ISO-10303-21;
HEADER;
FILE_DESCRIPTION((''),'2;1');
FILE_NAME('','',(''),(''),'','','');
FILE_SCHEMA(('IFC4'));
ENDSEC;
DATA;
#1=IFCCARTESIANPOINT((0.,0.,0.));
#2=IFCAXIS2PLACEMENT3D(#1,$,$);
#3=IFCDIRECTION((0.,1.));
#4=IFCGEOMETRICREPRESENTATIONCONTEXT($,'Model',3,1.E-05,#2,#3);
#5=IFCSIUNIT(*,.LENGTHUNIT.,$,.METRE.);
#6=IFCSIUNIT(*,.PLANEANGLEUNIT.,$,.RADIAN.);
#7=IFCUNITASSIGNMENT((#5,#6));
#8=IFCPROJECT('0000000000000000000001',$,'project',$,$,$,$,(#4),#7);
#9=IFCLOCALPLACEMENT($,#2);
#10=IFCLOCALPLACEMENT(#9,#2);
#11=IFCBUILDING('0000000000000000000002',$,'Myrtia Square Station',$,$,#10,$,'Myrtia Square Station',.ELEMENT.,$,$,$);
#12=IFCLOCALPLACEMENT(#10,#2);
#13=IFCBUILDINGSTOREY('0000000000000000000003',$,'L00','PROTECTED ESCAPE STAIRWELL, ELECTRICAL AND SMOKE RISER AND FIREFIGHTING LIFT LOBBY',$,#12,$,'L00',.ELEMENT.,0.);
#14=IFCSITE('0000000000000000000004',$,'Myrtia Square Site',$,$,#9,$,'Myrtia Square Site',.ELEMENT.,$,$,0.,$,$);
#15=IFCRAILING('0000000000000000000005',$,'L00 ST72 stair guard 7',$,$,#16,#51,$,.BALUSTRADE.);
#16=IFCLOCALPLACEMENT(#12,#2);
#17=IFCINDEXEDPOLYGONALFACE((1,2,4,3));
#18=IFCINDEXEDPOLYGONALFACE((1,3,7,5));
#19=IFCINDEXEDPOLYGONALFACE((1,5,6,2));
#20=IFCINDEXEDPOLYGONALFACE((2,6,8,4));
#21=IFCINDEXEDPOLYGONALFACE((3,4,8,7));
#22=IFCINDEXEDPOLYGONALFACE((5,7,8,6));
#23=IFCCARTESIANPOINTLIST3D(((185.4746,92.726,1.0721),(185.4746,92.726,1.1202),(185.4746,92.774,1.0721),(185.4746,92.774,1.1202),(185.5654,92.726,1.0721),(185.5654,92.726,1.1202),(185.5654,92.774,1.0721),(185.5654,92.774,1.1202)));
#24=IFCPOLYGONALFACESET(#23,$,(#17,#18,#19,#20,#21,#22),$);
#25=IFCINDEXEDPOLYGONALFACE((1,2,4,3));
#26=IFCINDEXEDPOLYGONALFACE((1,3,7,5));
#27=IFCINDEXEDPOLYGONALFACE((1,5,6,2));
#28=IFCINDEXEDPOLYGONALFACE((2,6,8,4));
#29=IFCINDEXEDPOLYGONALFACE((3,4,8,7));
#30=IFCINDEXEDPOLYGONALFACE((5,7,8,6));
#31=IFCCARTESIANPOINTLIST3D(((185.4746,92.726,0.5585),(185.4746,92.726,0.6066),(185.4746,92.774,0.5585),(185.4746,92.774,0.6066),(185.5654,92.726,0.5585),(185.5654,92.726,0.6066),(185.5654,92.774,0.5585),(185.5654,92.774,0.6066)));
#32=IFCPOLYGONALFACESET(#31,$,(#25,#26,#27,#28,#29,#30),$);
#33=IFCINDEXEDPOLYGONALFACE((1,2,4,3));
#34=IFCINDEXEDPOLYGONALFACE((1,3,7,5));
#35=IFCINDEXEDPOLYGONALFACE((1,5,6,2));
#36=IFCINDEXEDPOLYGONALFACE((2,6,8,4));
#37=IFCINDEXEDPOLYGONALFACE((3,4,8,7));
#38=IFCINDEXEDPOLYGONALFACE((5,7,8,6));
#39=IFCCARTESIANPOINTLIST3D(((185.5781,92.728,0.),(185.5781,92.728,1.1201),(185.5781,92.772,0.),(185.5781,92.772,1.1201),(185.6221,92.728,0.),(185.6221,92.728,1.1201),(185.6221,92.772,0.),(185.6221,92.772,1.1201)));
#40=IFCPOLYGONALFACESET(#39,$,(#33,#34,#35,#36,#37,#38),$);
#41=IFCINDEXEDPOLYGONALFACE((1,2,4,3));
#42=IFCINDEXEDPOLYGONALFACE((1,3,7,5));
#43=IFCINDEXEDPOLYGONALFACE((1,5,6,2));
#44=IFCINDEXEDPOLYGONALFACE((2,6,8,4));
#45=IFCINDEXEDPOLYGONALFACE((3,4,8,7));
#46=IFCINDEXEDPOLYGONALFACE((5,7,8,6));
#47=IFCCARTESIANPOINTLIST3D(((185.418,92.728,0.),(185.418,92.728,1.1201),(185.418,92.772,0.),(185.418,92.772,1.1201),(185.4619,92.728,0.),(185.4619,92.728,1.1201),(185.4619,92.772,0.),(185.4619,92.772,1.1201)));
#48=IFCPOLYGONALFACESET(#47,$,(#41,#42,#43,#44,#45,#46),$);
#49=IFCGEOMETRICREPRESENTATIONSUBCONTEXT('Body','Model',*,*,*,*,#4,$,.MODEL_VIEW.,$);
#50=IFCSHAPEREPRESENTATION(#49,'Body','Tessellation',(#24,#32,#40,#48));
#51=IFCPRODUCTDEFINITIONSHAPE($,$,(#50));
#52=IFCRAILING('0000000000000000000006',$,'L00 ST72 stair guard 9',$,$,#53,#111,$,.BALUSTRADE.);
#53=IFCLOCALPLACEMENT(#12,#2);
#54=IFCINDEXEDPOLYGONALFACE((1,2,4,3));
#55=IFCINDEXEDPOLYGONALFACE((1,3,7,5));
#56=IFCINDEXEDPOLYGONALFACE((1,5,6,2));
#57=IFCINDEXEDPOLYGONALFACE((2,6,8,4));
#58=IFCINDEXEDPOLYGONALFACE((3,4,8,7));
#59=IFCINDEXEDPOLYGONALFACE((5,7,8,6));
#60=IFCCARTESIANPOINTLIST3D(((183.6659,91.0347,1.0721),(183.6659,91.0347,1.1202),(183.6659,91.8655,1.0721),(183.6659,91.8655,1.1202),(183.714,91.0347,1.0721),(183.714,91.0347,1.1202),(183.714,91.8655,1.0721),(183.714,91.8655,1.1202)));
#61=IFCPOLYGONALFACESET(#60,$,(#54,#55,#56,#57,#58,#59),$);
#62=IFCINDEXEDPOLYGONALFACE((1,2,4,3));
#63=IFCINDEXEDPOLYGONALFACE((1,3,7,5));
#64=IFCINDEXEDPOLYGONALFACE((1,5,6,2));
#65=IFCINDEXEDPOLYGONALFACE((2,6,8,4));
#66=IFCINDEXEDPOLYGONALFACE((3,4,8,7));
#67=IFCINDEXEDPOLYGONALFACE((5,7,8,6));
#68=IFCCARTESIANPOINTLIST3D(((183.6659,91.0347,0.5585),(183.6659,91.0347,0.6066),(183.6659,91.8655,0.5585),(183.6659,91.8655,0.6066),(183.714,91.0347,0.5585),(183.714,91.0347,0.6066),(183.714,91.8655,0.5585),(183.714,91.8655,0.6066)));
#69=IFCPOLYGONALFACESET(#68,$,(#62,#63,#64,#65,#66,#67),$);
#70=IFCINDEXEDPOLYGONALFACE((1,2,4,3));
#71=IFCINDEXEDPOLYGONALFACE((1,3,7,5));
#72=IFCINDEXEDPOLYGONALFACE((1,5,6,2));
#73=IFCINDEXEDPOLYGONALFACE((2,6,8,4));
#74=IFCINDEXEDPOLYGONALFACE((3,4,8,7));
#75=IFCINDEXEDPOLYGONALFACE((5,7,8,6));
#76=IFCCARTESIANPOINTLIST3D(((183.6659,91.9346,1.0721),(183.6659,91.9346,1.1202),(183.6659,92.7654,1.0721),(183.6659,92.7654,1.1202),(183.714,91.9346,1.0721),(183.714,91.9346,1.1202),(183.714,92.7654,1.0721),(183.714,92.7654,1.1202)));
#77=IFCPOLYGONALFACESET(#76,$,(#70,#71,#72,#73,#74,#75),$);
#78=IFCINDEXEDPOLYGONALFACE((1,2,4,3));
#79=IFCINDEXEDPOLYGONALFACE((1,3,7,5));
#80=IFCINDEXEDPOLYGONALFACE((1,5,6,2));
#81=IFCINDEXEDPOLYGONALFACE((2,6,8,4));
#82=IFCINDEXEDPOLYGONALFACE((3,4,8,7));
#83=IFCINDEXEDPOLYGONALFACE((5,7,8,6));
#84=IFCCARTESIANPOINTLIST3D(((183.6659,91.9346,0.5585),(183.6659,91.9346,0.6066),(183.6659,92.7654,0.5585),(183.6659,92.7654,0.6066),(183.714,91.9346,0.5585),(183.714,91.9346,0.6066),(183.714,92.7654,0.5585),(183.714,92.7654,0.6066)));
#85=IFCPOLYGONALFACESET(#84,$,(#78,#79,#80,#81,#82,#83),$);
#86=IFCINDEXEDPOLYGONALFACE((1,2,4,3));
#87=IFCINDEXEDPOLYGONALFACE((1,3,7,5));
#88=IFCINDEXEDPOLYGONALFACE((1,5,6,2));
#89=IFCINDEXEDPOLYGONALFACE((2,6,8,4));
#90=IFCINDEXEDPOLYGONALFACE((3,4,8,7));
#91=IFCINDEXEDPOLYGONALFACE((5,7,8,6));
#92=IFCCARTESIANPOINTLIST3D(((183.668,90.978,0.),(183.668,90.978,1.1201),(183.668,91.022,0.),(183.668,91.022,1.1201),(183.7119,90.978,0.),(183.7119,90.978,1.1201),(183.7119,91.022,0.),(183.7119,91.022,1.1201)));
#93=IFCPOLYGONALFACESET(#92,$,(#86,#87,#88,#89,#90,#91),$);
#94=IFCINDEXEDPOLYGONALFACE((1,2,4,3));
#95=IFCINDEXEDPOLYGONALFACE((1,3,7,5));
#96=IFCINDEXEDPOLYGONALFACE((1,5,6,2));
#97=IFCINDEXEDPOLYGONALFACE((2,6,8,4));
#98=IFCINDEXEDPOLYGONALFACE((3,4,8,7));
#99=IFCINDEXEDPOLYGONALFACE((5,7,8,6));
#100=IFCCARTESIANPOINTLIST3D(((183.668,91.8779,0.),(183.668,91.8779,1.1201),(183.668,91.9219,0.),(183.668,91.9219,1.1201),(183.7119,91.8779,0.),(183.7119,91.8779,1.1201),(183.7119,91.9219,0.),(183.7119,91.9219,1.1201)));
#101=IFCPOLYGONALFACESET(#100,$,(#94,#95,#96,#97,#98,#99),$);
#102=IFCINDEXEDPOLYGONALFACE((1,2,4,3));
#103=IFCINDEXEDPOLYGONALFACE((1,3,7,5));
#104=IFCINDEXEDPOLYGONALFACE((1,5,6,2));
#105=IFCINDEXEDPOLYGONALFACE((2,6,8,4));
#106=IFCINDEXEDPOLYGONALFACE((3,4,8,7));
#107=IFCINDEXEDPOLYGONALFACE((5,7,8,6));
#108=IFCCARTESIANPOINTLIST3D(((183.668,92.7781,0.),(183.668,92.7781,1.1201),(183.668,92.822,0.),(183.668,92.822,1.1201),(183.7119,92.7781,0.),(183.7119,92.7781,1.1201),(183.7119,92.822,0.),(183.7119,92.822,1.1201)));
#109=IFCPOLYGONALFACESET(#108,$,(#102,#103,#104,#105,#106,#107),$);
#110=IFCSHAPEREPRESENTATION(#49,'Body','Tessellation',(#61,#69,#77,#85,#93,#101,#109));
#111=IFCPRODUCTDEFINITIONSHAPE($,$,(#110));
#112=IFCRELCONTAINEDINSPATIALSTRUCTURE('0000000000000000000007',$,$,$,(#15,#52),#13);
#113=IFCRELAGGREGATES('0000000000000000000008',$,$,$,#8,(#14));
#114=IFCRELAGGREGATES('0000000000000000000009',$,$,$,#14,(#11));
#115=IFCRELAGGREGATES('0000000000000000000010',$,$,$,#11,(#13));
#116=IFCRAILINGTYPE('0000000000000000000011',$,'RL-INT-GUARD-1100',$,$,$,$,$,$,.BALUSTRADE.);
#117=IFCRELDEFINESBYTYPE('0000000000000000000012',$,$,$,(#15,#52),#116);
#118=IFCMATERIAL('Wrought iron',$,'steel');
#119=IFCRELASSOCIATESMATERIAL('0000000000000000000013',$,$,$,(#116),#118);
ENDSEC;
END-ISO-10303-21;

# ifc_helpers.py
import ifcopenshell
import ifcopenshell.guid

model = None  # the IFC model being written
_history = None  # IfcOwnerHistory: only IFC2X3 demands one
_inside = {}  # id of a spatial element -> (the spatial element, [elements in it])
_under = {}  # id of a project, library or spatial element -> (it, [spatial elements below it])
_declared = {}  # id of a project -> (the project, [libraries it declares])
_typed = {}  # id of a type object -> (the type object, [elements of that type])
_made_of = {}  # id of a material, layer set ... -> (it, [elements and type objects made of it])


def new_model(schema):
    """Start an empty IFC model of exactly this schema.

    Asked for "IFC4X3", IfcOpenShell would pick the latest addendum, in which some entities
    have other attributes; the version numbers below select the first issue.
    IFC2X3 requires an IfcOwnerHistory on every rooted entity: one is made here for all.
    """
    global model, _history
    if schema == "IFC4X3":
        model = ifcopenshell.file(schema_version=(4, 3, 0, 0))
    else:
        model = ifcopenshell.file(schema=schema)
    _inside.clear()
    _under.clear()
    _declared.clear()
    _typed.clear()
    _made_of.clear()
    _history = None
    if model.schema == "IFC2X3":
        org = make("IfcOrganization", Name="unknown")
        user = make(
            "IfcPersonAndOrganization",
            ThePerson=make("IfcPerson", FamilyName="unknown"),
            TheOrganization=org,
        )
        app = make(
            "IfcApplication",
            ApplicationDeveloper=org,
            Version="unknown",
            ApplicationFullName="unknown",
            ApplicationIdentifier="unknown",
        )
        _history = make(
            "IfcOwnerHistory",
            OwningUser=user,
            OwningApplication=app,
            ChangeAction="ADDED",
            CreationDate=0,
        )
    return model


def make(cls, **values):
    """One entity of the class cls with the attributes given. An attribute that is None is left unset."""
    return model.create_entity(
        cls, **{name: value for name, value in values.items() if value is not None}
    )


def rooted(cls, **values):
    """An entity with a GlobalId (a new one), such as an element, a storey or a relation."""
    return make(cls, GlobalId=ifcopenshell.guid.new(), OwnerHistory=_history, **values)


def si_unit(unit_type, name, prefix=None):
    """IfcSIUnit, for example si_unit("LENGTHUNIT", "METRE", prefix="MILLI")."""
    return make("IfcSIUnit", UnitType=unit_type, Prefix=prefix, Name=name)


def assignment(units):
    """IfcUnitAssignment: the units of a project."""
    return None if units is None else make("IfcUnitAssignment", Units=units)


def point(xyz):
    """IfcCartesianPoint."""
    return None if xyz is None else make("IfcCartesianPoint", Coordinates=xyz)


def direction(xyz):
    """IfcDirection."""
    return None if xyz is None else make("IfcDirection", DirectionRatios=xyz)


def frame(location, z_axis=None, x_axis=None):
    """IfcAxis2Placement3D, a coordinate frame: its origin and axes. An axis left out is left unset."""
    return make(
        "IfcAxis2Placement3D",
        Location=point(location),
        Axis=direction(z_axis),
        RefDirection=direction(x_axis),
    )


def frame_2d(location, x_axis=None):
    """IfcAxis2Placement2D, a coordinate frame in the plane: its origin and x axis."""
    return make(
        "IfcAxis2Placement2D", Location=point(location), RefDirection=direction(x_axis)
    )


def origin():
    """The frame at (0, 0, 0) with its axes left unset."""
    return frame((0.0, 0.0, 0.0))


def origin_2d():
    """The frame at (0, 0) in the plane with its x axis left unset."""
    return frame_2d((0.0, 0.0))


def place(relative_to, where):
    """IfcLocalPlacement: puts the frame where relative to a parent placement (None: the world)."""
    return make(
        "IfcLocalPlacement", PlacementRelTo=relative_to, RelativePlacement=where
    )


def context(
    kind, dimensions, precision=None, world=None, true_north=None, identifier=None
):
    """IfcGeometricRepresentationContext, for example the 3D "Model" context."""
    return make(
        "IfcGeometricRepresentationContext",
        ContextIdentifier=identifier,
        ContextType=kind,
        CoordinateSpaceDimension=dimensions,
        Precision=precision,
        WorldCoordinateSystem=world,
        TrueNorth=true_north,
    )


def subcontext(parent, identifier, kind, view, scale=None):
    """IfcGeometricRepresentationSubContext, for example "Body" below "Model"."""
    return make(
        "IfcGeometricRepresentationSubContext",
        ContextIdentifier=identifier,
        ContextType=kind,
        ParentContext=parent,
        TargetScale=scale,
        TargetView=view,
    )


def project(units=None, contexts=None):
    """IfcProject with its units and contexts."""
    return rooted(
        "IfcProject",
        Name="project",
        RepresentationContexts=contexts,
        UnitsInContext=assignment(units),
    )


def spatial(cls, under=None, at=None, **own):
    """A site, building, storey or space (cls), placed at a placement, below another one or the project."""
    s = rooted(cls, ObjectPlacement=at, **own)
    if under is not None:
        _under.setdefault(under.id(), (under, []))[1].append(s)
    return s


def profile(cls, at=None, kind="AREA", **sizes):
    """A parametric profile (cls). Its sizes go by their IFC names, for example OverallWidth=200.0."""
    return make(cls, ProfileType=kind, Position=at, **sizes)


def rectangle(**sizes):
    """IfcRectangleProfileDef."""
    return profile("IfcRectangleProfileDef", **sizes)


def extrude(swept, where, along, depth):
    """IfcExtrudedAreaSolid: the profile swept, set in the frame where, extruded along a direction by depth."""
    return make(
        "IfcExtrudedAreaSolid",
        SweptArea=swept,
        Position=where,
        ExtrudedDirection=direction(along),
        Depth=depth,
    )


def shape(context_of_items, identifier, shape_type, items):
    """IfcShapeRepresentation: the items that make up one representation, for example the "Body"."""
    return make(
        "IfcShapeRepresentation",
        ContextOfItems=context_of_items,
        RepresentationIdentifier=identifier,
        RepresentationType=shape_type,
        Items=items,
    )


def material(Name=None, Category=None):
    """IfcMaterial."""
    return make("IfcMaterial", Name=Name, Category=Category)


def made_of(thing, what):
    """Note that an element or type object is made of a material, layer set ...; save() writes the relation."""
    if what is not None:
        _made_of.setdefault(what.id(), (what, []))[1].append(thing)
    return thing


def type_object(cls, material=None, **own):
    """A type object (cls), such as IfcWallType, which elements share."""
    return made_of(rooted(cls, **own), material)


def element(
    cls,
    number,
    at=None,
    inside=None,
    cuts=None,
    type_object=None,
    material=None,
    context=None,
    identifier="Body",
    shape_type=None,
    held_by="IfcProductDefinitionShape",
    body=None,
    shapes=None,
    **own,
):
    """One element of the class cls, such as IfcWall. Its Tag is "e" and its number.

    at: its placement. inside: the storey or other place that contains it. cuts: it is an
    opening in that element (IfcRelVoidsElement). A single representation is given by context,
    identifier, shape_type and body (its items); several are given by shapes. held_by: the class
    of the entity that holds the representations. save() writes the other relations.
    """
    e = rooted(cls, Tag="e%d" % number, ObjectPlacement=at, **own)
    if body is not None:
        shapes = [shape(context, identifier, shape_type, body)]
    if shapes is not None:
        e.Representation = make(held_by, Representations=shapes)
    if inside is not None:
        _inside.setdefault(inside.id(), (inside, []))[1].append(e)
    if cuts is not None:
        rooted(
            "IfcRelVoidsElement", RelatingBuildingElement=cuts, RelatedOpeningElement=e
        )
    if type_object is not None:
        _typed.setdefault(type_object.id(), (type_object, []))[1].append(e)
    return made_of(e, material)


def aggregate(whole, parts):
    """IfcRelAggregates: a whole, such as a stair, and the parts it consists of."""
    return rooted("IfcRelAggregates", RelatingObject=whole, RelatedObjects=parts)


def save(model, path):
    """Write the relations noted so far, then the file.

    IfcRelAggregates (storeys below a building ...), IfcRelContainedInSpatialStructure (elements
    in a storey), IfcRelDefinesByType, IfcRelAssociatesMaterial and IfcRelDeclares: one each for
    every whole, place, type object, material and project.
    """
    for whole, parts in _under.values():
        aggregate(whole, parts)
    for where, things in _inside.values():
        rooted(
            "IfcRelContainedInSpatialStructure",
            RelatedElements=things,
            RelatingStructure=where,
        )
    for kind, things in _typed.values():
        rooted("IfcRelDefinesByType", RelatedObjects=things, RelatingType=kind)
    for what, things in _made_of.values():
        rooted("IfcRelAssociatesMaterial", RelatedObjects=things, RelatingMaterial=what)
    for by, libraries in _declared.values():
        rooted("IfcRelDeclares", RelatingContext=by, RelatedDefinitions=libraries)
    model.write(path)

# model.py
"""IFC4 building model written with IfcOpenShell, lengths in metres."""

from ifc_helpers import new_model, si_unit, direction, frame, origin, origin_2d, place, context, subcontext, project, spatial, rectangle, extrude, material, type_object, element, save


model = new_model("IFC4")

# Units and contexts
model_context = context("Model", 3, precision=1e-05, world=origin(), true_north=direction((0.0, 1.0)))
body_context = subcontext(model_context, "Body", "Model", "MODEL_VIEW")
ifc_project = project(units=[si_unit("LENGTHUNIT", "METRE"), si_unit("PLANEANGLEUNIT", "RADIAN")], contexts=[model_context])

# Site, building, storey
site_placement = place(None, origin())
site = spatial("IfcSite", under=ifc_project, at=site_placement, Name="Myrtia Square Site", LongName="Myrtia Square Site", CompositionType="ELEMENT", RefElevation=0.0)
building_placement = place(site_placement, origin())
building = spatial("IfcBuilding", under=site, at=building_placement, Name="Myrtia Square Station", LongName="Myrtia Square Station", CompositionType="ELEMENT")
storey_placement = place(building_placement, origin())
storey = spatial("IfcBuildingStorey", under=building, at=storey_placement, Name="L00", Description="PROTECTED ESCAPE STAIRWELL, ELECTRICAL AND SMOKE RISER AND FIREFIGHTING LIFT LOBBY", LongName="L00", CompositionType="ELEMENT", Elevation=0.0)

# Railings
ifc_material_1 = material(Name="Wrought iron", Category="steel")
railing_type_1 = type_object("IfcRailingType", Name="RL-INT-GUARD-1100", PredefinedType="BALUSTRADE", material=ifc_material_1)
railing_1_placement = place(storey_placement, frame((185.6001, 92.75, 0.0)))
element("IfcRailing", 1, at=railing_1_placement, inside=storey, type_object=railing_type_1, Name="L00 ST72 stair guard 7", PredefinedType="BALUSTRADE", context=body_context, shape_type="SweptSolid", body=[
    extrude(rectangle(XDim=0.0481, YDim=0.0481, at=origin_2d()), frame((-0.0347, 0.0, 1.0962), z_axis=(-1.0, 0.0, 0.0), x_axis=(0.0, -1.0, 0.0)), (0.0, 0.0, 1.0), 0.0908),
    extrude(rectangle(XDim=0.0481, YDim=0.0481, at=origin_2d()), frame((-0.0347, 0.0, 0.5825), z_axis=(-1.0, 0.0, 0.0), x_axis=(0.0, -1.0, 0.0)), (0.0, 0.0, 1.0), 0.0908),
    extrude(rectangle(XDim=0.0439, YDim=0.0439, at=origin_2d()), origin(), (0.0, 0.0, 1.0), 1.1201),
    extrude(rectangle(XDim=0.0439, YDim=0.0439, at=origin_2d()), frame((-0.1602, 0.0, 0.0)), (0.0, 0.0, 1.0), 1.1201),
])
railing_2_placement = place(storey_placement, frame((183.6899, 91.0, 0.0)))
element("IfcRailing", 2, at=railing_2_placement, inside=storey, type_object=railing_type_1, Name="L00 ST72 stair guard 9", PredefinedType="BALUSTRADE", context=body_context, shape_type="SweptSolid", body=[
    extrude(rectangle(XDim=0.0481, YDim=0.0481, at=origin_2d()), frame((0.0, 0.0347, 1.0962), z_axis=(0.0, 1.0, 0.0), x_axis=(-1.0, 0.0, 0.0)), (0.0, 0.0, 1.0), 0.8308),
    extrude(rectangle(XDim=0.0481, YDim=0.0481, at=origin_2d()), frame((0.0, 0.0347, 0.5825), z_axis=(0.0, 1.0, 0.0), x_axis=(-1.0, 0.0, 0.0)), (0.0, 0.0, 1.0), 0.8308),
    extrude(rectangle(XDim=0.0481, YDim=0.0481, at=origin_2d()), frame((0.0, 0.9346, 1.0962), z_axis=(0.0, 1.0, 0.0), x_axis=(-1.0, 0.0, 0.0)), (0.0, 0.0, 1.0), 0.8308),
    extrude(rectangle(XDim=0.0481, YDim=0.0481, at=origin_2d()), frame((0.0, 0.9346, 0.5825), z_axis=(0.0, 1.0, 0.0), x_axis=(-1.0, 0.0, 0.0)), (0.0, 0.0, 1.0), 0.8308),
    extrude(rectangle(XDim=0.0439, YDim=0.0439, at=origin_2d()), origin(), (0.0, 0.0, 1.0), 1.1201),
    extrude(rectangle(XDim=0.0439, YDim=0.0439, at=origin_2d()), frame((0.0, 0.8999, 0.0)), (0.0, 0.0, 1.0), 1.1201),
    extrude(rectangle(XDim=0.0439, YDim=0.0439, at=origin_2d()), frame((0.0, 1.8, 0.0)), (0.0, 0.0, 1.0), 1.1201),
])

save(model, "model.ifc")
